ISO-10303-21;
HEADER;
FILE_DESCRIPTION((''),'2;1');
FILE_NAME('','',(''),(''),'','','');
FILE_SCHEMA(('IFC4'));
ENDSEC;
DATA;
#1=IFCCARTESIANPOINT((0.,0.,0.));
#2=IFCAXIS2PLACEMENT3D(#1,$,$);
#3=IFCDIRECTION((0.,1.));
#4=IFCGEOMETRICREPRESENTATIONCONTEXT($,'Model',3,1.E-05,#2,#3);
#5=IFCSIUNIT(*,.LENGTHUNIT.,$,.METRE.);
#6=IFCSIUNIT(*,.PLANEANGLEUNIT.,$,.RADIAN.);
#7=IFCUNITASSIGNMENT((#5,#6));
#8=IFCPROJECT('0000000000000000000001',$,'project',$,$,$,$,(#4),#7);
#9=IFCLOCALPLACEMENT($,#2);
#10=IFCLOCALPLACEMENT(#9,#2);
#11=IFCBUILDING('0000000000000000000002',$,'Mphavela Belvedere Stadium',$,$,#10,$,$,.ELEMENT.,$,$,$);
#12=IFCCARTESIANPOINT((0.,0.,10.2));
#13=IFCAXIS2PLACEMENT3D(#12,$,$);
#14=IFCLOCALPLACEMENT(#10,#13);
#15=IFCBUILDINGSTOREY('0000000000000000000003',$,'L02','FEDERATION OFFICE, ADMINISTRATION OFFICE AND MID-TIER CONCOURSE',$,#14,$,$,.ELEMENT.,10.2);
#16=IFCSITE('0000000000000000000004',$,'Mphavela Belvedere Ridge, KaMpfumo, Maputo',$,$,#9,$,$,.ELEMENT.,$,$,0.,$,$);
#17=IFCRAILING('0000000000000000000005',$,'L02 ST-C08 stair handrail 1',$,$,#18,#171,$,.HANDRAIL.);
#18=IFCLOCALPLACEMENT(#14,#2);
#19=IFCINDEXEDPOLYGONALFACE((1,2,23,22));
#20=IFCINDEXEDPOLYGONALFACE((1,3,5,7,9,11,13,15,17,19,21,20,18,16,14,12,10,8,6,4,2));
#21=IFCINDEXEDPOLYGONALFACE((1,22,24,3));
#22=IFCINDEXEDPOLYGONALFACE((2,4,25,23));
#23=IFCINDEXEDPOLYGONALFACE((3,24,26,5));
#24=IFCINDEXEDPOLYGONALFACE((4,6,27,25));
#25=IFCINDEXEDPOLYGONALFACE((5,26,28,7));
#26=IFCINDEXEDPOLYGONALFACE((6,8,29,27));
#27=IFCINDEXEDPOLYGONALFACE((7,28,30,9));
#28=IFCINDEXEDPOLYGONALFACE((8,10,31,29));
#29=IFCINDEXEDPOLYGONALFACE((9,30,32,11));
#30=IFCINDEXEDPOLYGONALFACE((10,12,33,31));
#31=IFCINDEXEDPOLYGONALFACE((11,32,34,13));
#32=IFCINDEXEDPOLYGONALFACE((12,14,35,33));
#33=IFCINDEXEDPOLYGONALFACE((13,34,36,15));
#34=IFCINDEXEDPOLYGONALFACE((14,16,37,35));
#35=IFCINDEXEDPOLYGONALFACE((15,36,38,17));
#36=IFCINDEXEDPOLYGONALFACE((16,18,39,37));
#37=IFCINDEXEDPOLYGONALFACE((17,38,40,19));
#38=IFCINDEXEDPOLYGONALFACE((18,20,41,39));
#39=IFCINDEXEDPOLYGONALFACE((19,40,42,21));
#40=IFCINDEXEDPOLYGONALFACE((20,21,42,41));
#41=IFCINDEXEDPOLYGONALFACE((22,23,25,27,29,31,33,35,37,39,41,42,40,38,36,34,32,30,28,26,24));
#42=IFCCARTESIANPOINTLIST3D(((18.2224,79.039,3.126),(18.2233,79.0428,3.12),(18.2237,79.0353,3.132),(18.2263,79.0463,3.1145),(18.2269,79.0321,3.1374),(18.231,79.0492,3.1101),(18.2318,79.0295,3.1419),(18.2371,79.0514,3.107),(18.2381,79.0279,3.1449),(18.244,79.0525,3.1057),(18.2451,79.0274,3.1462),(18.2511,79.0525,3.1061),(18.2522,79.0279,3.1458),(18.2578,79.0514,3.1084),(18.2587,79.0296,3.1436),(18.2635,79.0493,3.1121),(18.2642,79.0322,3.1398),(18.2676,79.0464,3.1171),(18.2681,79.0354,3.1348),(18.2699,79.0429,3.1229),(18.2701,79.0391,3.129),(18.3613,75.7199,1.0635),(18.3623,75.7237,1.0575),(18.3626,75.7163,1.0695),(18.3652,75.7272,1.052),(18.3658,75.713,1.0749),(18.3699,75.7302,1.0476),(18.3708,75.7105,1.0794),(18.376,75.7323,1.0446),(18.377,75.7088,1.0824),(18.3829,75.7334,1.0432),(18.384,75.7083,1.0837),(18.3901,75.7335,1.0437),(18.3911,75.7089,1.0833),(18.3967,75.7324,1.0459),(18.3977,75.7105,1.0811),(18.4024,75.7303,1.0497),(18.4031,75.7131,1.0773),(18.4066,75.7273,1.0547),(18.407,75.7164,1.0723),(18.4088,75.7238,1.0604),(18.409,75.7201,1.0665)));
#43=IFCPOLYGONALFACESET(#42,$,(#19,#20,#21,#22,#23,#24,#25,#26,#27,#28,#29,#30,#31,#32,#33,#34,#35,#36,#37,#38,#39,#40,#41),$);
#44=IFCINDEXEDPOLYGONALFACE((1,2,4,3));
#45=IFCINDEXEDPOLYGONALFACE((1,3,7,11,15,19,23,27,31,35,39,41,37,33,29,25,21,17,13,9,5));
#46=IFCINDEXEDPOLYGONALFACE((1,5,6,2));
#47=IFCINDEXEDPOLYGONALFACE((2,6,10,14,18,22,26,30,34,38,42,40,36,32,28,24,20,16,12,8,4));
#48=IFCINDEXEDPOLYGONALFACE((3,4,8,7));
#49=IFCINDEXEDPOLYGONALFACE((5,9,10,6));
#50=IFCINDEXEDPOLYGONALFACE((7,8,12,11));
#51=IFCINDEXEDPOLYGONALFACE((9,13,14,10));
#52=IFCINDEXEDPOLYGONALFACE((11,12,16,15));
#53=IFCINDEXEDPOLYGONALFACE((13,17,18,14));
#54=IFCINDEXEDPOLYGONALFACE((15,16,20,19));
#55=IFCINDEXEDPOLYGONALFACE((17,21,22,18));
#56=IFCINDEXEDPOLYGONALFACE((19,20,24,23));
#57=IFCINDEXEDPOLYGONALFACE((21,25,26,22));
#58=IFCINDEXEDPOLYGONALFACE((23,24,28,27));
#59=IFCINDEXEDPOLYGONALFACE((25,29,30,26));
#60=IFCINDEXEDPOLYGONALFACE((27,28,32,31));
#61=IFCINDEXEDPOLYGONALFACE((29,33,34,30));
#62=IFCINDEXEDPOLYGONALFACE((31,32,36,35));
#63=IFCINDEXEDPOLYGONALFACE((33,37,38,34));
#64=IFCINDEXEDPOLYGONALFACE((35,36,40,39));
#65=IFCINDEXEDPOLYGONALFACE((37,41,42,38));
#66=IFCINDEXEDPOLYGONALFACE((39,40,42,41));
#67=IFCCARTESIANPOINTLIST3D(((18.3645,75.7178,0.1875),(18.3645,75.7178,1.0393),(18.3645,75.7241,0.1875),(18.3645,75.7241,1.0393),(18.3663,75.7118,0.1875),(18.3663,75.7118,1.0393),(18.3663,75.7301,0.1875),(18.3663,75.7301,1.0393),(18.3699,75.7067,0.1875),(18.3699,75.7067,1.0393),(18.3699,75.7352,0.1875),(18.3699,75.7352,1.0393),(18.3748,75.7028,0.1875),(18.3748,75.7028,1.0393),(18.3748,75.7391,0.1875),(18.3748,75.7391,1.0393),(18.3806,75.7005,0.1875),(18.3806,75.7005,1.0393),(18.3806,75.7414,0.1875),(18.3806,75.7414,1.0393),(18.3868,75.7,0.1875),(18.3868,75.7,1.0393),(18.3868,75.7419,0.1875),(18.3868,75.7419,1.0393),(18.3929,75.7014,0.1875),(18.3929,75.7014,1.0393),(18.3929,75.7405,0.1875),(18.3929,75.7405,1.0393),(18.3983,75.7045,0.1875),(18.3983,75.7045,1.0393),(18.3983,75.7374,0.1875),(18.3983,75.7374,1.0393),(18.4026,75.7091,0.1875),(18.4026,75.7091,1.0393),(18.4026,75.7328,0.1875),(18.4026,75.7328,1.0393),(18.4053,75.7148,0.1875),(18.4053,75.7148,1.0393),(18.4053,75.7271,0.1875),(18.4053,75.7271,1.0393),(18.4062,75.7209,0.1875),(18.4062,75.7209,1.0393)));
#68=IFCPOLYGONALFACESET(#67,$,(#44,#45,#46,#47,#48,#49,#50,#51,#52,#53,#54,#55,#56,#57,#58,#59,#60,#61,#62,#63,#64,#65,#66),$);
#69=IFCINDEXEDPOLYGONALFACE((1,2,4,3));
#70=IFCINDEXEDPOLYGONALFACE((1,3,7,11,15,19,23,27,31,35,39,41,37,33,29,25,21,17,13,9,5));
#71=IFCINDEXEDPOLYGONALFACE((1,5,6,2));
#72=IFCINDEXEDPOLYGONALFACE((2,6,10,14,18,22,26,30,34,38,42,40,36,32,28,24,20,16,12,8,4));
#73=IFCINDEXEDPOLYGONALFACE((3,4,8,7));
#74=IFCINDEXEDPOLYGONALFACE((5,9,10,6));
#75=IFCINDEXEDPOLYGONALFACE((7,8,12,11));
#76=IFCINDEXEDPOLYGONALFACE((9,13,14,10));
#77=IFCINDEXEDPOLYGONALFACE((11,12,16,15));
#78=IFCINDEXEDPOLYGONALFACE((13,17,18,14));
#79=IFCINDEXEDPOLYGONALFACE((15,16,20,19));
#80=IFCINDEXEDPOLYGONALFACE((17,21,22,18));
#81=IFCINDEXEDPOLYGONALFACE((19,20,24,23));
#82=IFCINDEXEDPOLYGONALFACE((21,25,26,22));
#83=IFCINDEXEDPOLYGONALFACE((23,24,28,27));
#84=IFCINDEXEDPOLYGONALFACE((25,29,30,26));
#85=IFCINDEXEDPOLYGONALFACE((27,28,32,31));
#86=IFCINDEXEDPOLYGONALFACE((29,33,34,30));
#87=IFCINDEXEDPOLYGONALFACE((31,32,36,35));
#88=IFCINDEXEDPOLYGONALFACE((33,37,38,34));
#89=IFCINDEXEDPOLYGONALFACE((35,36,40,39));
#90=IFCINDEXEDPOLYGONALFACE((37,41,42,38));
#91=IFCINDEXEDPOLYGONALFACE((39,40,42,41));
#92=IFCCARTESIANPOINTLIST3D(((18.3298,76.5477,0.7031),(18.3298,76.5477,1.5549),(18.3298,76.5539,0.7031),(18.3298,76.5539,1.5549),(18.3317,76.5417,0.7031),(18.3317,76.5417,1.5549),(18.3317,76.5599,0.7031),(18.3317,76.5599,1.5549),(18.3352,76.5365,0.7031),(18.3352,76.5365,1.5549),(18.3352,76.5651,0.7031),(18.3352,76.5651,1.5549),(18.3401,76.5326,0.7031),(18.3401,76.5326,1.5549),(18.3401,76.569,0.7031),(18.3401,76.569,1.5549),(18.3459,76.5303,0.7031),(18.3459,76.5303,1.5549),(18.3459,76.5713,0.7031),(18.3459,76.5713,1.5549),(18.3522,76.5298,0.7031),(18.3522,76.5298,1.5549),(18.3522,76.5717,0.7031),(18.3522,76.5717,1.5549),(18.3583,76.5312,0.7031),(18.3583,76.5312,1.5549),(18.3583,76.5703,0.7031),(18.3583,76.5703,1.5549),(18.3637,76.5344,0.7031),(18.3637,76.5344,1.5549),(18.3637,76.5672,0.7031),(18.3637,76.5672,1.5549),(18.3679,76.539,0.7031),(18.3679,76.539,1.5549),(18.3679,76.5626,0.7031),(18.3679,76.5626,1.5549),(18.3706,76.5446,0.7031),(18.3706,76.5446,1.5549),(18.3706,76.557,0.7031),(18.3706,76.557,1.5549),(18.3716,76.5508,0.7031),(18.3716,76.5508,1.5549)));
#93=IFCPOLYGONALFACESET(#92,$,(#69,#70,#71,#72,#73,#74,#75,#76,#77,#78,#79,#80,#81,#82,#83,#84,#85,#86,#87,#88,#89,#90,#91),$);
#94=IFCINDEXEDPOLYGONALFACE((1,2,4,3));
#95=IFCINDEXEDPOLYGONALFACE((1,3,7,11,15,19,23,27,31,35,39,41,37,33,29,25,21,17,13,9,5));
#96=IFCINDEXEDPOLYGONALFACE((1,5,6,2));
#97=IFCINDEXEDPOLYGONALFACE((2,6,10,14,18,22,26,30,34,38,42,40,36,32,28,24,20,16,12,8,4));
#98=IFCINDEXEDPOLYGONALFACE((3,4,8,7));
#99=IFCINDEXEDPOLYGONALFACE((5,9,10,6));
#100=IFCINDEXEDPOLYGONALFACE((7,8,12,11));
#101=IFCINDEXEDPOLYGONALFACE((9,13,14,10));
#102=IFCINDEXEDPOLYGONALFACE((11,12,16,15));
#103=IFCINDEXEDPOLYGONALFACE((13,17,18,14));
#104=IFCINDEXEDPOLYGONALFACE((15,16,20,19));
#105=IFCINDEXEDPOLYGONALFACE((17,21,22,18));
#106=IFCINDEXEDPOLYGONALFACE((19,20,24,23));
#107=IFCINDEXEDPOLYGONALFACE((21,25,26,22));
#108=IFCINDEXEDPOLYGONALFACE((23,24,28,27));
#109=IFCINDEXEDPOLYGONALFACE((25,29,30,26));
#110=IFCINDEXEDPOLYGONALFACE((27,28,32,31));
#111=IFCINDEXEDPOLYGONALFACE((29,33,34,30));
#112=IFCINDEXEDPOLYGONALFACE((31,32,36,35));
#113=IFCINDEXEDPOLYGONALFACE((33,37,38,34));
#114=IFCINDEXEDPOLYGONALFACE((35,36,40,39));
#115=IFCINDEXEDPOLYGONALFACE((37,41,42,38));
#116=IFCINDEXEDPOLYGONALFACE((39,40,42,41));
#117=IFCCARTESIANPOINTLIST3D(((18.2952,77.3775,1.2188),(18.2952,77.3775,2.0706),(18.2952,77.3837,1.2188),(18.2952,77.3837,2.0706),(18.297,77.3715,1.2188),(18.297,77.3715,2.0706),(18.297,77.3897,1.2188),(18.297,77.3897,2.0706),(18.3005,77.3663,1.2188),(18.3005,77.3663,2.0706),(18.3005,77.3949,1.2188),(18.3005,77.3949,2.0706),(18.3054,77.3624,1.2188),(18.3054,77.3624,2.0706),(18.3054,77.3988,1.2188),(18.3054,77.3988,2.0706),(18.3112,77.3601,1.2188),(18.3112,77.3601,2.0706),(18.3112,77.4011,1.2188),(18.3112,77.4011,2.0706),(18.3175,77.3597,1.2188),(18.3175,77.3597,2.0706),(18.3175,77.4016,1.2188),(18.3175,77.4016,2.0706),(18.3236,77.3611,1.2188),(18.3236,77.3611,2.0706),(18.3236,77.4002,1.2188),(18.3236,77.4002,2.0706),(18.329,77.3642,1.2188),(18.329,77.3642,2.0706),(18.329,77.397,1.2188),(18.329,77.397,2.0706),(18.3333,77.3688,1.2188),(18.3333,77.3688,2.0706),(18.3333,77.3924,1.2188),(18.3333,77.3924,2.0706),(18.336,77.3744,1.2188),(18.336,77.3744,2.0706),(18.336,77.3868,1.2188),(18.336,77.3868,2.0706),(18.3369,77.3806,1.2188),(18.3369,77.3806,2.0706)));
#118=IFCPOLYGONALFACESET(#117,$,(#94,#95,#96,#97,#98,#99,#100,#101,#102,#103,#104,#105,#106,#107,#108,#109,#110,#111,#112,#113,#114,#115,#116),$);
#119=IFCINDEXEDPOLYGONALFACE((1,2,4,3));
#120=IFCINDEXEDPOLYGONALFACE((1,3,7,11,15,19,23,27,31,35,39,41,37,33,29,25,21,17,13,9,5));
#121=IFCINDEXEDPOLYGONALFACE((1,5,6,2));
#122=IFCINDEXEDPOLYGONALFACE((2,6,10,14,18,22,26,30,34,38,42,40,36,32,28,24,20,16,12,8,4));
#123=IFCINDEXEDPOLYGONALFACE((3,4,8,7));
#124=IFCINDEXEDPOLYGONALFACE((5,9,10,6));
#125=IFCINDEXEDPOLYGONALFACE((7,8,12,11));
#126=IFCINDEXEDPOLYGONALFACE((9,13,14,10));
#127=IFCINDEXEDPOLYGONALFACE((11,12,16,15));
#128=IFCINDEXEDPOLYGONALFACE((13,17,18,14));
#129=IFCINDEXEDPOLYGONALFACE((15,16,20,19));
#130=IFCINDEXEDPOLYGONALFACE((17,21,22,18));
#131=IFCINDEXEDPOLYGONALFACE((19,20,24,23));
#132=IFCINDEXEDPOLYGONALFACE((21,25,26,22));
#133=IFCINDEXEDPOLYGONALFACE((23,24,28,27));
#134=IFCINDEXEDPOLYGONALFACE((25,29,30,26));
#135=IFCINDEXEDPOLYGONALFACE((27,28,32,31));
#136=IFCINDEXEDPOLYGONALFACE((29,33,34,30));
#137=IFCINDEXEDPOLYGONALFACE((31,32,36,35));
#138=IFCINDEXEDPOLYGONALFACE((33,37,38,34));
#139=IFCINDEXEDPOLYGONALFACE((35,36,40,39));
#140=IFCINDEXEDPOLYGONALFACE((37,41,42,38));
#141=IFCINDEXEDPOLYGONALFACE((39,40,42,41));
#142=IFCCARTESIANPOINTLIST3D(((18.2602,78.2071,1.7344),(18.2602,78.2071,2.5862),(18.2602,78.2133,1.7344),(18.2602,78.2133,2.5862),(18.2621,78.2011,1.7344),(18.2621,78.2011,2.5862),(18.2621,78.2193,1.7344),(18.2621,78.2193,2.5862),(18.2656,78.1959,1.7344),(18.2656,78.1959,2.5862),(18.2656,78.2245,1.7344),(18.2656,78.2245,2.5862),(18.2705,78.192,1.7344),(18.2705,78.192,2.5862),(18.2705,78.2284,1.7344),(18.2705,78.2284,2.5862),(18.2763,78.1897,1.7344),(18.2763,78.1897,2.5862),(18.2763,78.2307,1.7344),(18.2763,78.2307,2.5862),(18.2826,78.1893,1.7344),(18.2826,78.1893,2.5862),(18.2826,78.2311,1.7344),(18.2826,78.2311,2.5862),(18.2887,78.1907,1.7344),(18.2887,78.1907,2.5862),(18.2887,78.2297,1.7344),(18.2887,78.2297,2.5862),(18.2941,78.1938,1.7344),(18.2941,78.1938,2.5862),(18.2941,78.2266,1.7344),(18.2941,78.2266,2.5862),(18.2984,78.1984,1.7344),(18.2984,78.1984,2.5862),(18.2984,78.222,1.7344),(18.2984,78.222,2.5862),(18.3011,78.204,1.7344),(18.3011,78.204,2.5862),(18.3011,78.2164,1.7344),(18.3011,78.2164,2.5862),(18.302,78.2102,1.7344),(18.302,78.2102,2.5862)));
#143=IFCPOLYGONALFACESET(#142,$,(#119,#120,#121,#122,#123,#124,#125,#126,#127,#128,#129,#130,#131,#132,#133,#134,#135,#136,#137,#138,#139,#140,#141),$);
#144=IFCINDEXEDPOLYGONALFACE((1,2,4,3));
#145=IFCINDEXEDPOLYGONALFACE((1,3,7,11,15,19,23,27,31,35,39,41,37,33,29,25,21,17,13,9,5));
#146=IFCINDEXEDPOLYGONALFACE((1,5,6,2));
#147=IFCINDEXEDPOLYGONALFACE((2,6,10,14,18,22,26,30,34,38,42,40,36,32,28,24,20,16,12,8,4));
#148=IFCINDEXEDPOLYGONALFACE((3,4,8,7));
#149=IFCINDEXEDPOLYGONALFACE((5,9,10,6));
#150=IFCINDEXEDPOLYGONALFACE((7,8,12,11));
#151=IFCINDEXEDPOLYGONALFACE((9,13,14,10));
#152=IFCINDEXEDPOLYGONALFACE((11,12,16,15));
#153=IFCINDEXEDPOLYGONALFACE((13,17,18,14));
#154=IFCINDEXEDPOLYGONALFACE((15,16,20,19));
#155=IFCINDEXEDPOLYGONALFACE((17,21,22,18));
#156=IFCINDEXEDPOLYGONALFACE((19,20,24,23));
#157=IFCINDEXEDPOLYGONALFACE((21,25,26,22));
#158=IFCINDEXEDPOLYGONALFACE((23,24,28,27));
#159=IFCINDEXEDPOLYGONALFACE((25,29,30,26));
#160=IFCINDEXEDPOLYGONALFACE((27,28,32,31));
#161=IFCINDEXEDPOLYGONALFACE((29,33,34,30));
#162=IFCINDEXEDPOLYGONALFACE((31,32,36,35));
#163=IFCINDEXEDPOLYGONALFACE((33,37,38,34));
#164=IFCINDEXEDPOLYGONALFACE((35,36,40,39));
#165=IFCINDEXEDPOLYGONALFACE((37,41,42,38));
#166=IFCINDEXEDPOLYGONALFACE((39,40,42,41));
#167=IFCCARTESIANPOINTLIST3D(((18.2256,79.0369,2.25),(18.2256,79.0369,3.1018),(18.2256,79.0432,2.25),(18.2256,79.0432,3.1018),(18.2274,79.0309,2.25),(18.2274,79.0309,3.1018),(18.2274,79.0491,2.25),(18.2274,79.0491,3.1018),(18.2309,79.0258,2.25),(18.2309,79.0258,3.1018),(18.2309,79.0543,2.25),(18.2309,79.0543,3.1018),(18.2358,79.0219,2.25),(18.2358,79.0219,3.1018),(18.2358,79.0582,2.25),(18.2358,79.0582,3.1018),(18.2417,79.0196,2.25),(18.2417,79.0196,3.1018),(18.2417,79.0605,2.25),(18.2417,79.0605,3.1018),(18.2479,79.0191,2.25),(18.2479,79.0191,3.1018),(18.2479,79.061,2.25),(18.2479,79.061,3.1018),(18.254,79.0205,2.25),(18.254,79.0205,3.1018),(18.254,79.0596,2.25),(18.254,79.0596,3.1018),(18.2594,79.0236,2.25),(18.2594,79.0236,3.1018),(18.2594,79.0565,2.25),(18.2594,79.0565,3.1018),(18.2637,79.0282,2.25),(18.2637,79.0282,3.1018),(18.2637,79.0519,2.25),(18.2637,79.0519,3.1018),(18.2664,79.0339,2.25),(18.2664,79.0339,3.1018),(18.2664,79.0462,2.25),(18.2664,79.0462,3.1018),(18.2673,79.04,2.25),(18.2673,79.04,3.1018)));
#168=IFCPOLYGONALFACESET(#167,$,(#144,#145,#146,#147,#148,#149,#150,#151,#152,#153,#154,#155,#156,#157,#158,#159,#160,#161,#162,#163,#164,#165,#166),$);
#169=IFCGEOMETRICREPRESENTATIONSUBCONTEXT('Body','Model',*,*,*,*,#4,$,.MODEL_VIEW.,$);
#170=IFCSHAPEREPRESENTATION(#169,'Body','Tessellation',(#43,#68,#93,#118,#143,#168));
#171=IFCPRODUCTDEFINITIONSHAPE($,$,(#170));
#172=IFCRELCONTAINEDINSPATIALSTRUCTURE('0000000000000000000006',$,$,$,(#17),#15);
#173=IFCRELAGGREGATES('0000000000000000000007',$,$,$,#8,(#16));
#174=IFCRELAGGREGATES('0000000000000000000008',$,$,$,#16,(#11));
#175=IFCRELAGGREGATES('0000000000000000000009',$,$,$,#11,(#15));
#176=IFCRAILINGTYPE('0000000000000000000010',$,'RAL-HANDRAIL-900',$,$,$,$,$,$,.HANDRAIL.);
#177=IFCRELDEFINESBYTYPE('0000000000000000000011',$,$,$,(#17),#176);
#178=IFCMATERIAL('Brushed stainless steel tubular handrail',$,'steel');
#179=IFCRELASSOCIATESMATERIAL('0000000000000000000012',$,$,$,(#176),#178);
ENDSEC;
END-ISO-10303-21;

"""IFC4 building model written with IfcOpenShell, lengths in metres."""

from ifc_helpers import new_model, si_unit, direction, frame, origin, origin_2d, place, context, subcontext, project, spatial, circle, extrude, material, type_object, element, save


model = new_model("IFC4")

# Units and contexts
model_context = context("Model", 3, precision=1e-05, world=origin(), true_north=direction((0.0, 1.0)))
body_context = subcontext(model_context, "Body", "Model", "MODEL_VIEW")
ifc_project = project(units=[si_unit("LENGTHUNIT", "METRE"), si_unit("PLANEANGLEUNIT", "RADIAN")], contexts=[model_context])

# Site, building, storey
site_placement = place(None, origin())
site = spatial("IfcSite", under=ifc_project, at=site_placement, Name="Mphavela Belvedere Ridge, KaMpfumo, Maputo", CompositionType="ELEMENT", RefElevation=0.0)
building_placement = place(site_placement, origin())
building = spatial("IfcBuilding", under=site, at=building_placement, Name="Mphavela Belvedere Stadium", CompositionType="ELEMENT")
storey_placement = place(building_placement, frame((0.0, 0.0, 10.2)))
storey = spatial("IfcBuildingStorey", under=building, at=storey_placement, Name="L02", Description="FEDERATION OFFICE, ADMINISTRATION OFFICE AND MID-TIER CONCOURSE", CompositionType="ELEMENT", Elevation=10.2)

# Railing
ifc_material_1 = material(Name="Brushed stainless steel tubular handrail", Category="steel")
railing_type_1 = type_object("IfcRailingType", Name="RAL-HANDRAIL-900", PredefinedType="HANDRAIL", material=ifc_material_1)
railing_1_placement = place(storey_placement, frame((18.3853, 75.7209, 0.1875)))
element("IfcRailing", 1, at=railing_1_placement, inside=storey, type_object=railing_type_1, Name="L02 ST-C08 stair handrail 1", PredefinedType="HANDRAIL", context=body_context, shape_type="SweptSolid", body=[
    extrude(circle(Radius=0.0239, at=origin_2d()), frame((0.0, 0.0, 0.876), z_axis=(-0.035527, 0.848832, 0.527468), x_axis=(-0.999125, -0.041817, 0.0)), (0.0, 0.0, 1.0), 3.9102),
    extrude(circle(Radius=0.021, at=origin_2d()), origin(), (0.0, 0.0, 1.0), 0.8518),
    extrude(circle(Radius=0.021, at=origin_2d()), frame((-0.0347, 0.8298, 0.5156)), (0.0, 0.0, 1.0), 0.8518),
    extrude(circle(Radius=0.021, at=origin_2d()), frame((-0.0693, 1.6597, 1.0312)), (0.0, 0.0, 1.0), 0.8518),
    extrude(circle(Radius=0.021, at=origin_2d()), frame((-0.1042, 2.4893, 1.5469)), (0.0, 0.0, 1.0), 0.8518),
    extrude(circle(Radius=0.021, at=origin_2d()), frame((-0.1389, 3.3191, 2.0625)), (0.0, 0.0, 1.0), 0.8518),
])

save(model, "model.ifc")
